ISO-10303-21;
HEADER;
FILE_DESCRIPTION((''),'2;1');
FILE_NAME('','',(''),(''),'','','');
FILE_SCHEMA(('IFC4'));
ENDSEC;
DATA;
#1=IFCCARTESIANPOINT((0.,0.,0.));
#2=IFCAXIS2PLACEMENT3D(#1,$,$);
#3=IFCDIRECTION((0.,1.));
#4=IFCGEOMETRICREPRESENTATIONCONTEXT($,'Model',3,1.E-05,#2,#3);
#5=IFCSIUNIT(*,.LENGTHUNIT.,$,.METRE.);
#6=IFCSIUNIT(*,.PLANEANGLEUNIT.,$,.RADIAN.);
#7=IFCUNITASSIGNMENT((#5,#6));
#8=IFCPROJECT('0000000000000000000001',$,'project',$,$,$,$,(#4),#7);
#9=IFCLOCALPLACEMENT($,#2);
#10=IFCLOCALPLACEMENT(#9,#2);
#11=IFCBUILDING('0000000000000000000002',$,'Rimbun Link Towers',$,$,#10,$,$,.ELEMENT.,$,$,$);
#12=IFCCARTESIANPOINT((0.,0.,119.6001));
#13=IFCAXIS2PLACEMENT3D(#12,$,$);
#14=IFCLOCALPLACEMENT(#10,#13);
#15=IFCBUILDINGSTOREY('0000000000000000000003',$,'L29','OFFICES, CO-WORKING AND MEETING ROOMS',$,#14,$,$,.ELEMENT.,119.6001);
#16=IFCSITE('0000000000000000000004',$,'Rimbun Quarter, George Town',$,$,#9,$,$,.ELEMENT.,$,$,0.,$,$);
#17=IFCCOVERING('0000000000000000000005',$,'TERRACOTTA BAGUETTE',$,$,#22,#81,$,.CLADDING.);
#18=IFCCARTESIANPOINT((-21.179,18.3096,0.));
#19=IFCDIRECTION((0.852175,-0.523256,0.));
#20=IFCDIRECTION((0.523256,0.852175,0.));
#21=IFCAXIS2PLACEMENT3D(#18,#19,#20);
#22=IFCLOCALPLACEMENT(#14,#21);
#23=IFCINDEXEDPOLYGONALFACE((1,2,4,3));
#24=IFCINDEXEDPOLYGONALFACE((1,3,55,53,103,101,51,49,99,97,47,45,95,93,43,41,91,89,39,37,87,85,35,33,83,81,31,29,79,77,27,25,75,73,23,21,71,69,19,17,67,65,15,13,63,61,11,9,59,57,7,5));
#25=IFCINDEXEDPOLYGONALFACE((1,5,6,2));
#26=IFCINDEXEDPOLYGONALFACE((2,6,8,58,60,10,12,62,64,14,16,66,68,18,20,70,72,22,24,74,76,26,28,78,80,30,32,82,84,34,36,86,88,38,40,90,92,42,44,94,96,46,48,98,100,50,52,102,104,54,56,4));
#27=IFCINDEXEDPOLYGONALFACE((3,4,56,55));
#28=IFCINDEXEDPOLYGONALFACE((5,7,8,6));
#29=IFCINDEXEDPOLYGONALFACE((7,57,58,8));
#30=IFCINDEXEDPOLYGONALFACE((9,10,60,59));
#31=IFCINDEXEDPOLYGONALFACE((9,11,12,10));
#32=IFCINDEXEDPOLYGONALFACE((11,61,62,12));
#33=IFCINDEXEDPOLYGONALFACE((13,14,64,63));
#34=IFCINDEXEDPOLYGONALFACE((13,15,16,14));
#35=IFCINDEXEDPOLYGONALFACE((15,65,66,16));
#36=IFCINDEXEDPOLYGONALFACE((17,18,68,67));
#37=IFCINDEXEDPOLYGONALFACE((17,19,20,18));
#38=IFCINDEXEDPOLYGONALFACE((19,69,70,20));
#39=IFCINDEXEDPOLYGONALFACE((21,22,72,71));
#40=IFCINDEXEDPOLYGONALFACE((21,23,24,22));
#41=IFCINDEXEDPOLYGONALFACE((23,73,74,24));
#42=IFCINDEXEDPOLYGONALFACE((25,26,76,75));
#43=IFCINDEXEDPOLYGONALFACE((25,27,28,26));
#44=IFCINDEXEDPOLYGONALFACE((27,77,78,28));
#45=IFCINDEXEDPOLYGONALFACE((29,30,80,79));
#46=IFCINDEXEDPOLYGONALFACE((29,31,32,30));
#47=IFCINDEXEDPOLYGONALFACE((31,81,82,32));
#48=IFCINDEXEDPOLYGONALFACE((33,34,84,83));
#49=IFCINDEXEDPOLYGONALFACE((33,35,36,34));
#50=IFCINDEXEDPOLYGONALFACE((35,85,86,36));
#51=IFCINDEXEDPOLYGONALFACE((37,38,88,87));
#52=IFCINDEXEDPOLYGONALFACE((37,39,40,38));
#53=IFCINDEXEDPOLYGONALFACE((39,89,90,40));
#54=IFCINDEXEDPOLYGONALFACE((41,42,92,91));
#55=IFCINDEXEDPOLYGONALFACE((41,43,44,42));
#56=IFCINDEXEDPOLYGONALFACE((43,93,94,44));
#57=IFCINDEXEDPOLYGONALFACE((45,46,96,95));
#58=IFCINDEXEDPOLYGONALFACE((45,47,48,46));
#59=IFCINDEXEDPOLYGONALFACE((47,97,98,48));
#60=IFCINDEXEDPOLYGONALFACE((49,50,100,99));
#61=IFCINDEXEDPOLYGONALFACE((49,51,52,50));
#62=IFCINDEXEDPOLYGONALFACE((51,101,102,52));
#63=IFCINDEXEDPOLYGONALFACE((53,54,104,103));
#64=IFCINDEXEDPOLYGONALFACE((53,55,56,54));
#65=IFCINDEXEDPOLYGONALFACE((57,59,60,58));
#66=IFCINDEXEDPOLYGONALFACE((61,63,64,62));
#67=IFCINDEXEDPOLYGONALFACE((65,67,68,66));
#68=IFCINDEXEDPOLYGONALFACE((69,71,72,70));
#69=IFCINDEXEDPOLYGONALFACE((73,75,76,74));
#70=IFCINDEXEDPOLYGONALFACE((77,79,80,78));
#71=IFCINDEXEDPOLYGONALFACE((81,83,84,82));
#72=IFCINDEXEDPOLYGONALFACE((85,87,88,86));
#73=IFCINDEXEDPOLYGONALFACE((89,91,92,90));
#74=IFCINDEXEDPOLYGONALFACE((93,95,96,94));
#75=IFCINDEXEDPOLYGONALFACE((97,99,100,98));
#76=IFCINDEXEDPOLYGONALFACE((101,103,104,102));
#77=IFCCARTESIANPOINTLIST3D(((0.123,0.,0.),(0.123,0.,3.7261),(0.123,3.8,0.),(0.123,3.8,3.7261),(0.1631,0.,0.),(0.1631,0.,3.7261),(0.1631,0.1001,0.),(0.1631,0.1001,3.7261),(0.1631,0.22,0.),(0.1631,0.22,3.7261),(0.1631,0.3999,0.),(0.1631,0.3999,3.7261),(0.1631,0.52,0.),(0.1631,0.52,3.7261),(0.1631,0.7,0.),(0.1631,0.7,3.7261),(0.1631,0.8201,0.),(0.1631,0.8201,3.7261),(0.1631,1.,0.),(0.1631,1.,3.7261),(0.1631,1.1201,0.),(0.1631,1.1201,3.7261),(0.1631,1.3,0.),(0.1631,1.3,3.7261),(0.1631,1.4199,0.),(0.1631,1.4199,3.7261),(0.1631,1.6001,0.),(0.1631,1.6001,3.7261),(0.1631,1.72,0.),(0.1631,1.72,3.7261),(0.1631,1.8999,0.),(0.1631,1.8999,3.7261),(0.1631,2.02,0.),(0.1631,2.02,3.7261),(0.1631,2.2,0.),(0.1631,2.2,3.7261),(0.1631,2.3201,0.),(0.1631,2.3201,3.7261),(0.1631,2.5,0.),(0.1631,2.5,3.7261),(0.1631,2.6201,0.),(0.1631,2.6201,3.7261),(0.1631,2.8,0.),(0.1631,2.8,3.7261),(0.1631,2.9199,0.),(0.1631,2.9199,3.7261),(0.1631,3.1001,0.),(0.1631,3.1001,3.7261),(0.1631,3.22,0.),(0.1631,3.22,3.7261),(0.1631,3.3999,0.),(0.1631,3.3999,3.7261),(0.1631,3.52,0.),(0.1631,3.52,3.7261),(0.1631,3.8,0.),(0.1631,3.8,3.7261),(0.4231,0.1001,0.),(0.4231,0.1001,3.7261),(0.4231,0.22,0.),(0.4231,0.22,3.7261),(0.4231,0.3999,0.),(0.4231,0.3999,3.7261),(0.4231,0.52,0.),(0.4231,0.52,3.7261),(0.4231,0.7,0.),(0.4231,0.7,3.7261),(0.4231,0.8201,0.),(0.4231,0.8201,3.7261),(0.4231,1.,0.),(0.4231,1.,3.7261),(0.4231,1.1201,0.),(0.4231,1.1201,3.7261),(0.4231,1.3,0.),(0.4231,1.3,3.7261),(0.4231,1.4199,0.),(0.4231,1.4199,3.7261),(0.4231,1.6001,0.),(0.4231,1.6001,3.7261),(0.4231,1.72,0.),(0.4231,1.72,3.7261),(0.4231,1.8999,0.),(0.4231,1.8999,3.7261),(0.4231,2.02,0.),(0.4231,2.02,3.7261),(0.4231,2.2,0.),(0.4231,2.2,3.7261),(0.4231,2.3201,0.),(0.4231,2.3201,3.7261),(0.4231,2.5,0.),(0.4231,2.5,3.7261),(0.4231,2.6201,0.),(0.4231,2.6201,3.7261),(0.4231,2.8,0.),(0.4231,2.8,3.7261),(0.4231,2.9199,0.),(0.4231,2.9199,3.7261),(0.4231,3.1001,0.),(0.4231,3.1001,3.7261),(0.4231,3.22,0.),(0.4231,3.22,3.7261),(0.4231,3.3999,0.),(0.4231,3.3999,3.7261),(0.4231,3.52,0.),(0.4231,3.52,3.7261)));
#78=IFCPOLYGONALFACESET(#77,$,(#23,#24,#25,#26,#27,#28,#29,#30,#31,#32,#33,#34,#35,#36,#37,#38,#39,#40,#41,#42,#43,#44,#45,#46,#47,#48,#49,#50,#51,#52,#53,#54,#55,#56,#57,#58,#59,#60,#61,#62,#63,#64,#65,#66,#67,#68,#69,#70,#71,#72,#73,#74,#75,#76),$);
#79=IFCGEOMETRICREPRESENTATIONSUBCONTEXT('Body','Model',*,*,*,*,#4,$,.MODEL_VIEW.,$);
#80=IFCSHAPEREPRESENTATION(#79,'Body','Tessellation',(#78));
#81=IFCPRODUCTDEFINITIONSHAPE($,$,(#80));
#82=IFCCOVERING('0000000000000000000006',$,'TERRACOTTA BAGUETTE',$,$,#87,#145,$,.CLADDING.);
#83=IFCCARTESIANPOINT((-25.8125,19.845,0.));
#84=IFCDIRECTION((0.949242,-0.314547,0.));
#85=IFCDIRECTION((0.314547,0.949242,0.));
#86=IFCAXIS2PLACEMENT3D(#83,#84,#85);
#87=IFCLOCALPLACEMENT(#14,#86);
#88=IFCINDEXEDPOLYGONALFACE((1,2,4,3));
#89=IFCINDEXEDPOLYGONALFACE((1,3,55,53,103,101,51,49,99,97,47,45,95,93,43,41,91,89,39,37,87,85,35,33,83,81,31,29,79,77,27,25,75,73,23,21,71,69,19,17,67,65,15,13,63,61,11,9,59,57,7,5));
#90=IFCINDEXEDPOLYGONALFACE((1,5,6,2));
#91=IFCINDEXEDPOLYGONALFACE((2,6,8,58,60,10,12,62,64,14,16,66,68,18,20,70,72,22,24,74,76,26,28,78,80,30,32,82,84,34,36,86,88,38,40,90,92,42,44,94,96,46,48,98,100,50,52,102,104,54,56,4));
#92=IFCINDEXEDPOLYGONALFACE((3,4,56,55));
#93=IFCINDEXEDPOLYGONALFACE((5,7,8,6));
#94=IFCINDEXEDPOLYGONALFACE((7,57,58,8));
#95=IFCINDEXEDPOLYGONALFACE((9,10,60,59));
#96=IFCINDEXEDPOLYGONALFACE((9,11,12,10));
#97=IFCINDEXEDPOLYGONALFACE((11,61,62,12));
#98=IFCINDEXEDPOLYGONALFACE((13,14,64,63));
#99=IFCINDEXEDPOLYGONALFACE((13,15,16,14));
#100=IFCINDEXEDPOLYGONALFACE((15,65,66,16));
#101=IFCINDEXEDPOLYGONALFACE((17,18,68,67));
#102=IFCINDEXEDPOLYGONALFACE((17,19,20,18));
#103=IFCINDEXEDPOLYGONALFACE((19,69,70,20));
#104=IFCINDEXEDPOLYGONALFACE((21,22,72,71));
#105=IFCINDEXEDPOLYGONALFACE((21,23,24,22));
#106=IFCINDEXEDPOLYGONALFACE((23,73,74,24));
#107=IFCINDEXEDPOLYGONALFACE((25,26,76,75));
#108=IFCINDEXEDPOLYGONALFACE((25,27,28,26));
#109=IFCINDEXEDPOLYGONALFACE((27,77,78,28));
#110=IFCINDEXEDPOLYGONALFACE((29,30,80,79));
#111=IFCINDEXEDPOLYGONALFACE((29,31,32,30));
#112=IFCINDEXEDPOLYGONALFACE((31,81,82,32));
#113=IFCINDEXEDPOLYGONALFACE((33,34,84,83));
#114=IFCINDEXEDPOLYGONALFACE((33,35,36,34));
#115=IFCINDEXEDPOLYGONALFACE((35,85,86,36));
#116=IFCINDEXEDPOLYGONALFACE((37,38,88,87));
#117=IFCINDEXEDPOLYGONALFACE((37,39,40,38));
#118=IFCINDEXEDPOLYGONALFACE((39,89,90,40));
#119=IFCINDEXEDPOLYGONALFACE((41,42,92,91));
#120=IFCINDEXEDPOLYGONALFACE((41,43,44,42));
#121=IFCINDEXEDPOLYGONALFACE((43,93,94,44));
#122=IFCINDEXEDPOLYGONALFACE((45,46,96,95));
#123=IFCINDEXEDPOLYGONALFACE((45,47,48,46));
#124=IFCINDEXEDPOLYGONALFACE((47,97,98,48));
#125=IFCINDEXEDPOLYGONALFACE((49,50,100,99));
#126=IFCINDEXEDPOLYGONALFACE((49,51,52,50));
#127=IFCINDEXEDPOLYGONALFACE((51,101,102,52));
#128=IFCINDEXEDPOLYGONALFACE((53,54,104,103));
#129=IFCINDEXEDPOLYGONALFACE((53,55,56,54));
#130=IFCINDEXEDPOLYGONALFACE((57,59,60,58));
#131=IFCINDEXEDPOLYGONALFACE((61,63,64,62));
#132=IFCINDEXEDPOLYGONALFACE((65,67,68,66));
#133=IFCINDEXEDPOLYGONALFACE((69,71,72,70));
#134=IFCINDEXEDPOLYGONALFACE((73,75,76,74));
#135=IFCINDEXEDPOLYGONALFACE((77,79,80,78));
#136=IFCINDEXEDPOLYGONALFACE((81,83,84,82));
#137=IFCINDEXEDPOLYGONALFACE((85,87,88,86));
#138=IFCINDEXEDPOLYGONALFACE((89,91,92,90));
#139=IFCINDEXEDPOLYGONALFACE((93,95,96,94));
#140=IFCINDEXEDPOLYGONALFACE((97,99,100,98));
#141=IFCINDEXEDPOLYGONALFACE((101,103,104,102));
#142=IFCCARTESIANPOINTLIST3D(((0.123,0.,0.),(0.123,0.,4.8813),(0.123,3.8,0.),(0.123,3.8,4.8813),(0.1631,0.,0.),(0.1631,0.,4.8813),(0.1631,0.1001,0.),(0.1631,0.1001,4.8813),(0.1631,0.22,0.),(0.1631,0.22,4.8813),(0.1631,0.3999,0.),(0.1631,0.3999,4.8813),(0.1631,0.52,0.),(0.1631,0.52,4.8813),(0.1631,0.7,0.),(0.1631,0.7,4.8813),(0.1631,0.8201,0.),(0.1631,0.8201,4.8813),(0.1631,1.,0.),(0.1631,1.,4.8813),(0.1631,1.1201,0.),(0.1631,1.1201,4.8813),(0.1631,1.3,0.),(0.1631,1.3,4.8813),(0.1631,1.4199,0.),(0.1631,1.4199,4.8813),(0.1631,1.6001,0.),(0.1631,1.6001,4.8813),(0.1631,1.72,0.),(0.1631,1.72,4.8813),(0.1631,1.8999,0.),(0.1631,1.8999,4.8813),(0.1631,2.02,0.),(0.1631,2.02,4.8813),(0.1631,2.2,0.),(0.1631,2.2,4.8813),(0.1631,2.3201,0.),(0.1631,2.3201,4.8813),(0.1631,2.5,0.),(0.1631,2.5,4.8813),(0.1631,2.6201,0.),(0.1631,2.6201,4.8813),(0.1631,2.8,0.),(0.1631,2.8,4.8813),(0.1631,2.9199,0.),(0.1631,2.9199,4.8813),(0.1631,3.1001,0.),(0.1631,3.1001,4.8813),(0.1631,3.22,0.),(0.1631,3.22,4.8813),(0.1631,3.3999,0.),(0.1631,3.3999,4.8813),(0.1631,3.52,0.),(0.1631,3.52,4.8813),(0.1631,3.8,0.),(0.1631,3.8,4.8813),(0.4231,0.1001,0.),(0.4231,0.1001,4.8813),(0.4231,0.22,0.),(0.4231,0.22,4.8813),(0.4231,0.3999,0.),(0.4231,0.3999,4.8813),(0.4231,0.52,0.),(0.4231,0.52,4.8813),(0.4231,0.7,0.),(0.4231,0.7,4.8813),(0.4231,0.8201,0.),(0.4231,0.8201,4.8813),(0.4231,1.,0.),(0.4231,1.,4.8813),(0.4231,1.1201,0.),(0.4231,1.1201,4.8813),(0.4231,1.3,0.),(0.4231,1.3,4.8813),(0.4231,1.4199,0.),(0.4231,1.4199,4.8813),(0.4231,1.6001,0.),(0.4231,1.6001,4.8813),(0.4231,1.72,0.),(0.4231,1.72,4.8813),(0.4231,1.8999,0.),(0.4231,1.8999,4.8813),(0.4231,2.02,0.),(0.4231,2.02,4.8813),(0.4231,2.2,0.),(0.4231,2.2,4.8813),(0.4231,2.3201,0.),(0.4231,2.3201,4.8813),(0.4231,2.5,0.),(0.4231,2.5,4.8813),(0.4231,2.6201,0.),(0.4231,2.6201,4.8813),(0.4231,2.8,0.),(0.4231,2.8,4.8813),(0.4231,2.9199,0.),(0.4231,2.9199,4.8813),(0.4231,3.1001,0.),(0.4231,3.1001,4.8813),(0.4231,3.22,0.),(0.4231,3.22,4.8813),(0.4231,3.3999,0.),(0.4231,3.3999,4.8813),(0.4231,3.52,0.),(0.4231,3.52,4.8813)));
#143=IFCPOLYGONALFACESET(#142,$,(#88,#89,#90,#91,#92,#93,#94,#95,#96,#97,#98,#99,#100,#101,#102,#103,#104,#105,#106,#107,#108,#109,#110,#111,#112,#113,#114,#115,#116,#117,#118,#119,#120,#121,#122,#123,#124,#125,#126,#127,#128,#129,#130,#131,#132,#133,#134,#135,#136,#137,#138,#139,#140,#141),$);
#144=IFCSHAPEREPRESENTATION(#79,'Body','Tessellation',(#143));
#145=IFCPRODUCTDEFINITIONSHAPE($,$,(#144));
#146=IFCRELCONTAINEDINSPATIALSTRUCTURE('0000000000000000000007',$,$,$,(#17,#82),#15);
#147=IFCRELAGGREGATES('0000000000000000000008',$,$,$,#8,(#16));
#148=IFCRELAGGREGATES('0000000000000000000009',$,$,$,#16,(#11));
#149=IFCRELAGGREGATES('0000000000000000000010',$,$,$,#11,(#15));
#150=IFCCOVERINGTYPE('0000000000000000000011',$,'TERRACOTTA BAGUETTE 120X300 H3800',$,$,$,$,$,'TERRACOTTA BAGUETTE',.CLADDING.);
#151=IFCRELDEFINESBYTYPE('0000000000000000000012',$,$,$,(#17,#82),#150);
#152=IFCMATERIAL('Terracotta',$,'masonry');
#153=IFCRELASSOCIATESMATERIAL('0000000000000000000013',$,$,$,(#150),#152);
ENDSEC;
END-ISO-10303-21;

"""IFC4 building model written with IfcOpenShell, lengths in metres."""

from ifc_helpers import new_model, si_unit, direction, frame, origin, place, context, subcontext, project, spatial, polyline, outline, extrude, material, material_profile, profile_set, type_object, element, save


model = new_model("IFC4")

# Units and contexts
model_context = context("Model", 3, precision=1e-05, world=origin(), true_north=direction((0.0, 1.0)))
body_context = subcontext(model_context, "Body", "Model", "MODEL_VIEW")
ifc_project = project(units=[si_unit("LENGTHUNIT", "METRE"), si_unit("PLANEANGLEUNIT", "RADIAN")], contexts=[model_context])

# Site, building, storey
site_placement = place(None, origin())
site = spatial("IfcSite", under=ifc_project, at=site_placement, Name="Rimbun Quarter, George Town", CompositionType="ELEMENT", RefElevation=0.0)
building_placement = place(site_placement, origin())
building = spatial("IfcBuilding", under=site, at=building_placement, Name="Rimbun Link Towers", CompositionType="ELEMENT")
storey_placement = place(building_placement, frame((0.0, 0.0, 119.6001)))
storey = spatial("IfcBuildingStorey", under=building, at=storey_placement, Name="L29", Description="OFFICES, CO-WORKING AND MEETING ROOMS", CompositionType="ELEMENT", Elevation=119.6001)

# Coverings
ifc_material_1 = material(Name="Terracotta", Category="masonry")
ifc_material_profile_1 = material_profile(ifc_material_1, outline(polyline([(0.123, 0.0), (0.1631, 0.0), (0.1631, 0.1001), (0.4231, 0.1001), (0.4231, 0.22), (0.1631, 0.22), (0.1631, 0.3999), (0.4231, 0.3999), (0.4231, 0.52), (0.1631, 0.52), (0.1631, 0.7), (0.4231, 0.7), (0.4231, 0.8201), (0.1631, 0.8201), (0.1631, 1.0), (0.4231, 1.0), (0.4231, 1.1201), (0.1631, 1.1201), (0.1631, 1.3), (0.4231, 1.3), (0.4231, 1.4199), (0.1631, 1.4199), (0.1631, 1.6001), (0.4231, 1.6001), (0.4231, 1.72), (0.1631, 1.72), (0.1631, 1.8999), (0.4231, 1.8999), (0.4231, 2.02), (0.1631, 2.02), (0.1631, 2.2), (0.4231, 2.2), (0.4231, 2.3201), (0.1631, 2.3201), (0.1631, 2.5), (0.4231, 2.5), (0.4231, 2.6201), (0.1631, 2.6201), (0.1631, 2.8), (0.4231, 2.8), (0.4231, 2.9199), (0.1631, 2.9199), (0.1631, 3.1001), (0.4231, 3.1001), (0.4231, 3.22), (0.1631, 3.22), (0.1631, 3.3999), (0.4231, 3.3999), (0.4231, 3.52), (0.1631, 3.52), (0.1631, 3.8), (0.123, 3.8), (0.123, 0.0)])), Name="BAGUETTE 120X300")
ifc_profile_set_1 = profile_set([ifc_material_profile_1], Name="Terracotta")
covering_type = type_object("IfcCoveringType", Name="TERRACOTTA BAGUETTE 120X300 H3800", ElementType="TERRACOTTA BAGUETTE", PredefinedType="CLADDING", material=ifc_profile_set_1)
covering_1_placement = place(storey_placement, frame((-21.179, 18.3096, 0.0), z_axis=(0.852175, -0.523256, 0.0), x_axis=(0.523256, 0.852175, 0.0)))
element("IfcCovering", 1, at=covering_1_placement, inside=storey, type_object=covering_type, Name="TERRACOTTA BAGUETTE", PredefinedType="CLADDING", context=body_context, shape_type="SweptSolid", body=[
    extrude(outline(polyline([(0.123, 0.0), (0.1631, 0.0), (0.1631, 0.1001), (0.4231, 0.1001), (0.4231, 0.22), (0.1631, 0.22), (0.1631, 0.3999), (0.4231, 0.3999), (0.4231, 0.52), (0.1631, 0.52), (0.1631, 0.7), (0.4231, 0.7), (0.4231, 0.8201), (0.1631, 0.8201), (0.1631, 1.0), (0.4231, 1.0), (0.4231, 1.1201), (0.1631, 1.1201), (0.1631, 1.3), (0.4231, 1.3), (0.4231, 1.4199), (0.1631, 1.4199), (0.1631, 1.6001), (0.4231, 1.6001), (0.4231, 1.72), (0.1631, 1.72), (0.1631, 1.8999), (0.4231, 1.8999), (0.4231, 2.02), (0.1631, 2.02), (0.1631, 2.2), (0.4231, 2.2), (0.4231, 2.3201), (0.1631, 2.3201), (0.1631, 2.5), (0.4231, 2.5), (0.4231, 2.6201), (0.1631, 2.6201), (0.1631, 2.8), (0.4231, 2.8), (0.4231, 2.9199), (0.1631, 2.9199), (0.1631, 3.1001), (0.4231, 3.1001), (0.4231, 3.22), (0.1631, 3.22), (0.1631, 3.3999), (0.4231, 3.3999), (0.4231, 3.52), (0.1631, 3.52), (0.1631, 3.8), (0.123, 3.8), (0.123, 0.0)])), origin(), (0.0, 0.0, 1.0), 3.7261),
])
covering_2_placement = place(storey_placement, frame((-25.8125, 19.845, 0.0), z_axis=(0.949242, -0.314547, 0.0), x_axis=(0.314547, 0.949242, 0.0)))
element("IfcCovering", 2, at=covering_2_placement, inside=storey, type_object=covering_type, Name="TERRACOTTA BAGUETTE", PredefinedType="CLADDING", context=body_context, shape_type="SweptSolid", body=[
    extrude(outline(polyline([(0.123, 0.0), (0.1631, 0.0), (0.1631, 0.1001), (0.4231, 0.1001), (0.4231, 0.22), (0.1631, 0.22), (0.1631, 0.3999), (0.4231, 0.3999), (0.4231, 0.52), (0.1631, 0.52), (0.1631, 0.7), (0.4231, 0.7), (0.4231, 0.8201), (0.1631, 0.8201), (0.1631, 1.0), (0.4231, 1.0), (0.4231, 1.1201), (0.1631, 1.1201), (0.1631, 1.3), (0.4231, 1.3), (0.4231, 1.4199), (0.1631, 1.4199), (0.1631, 1.6001), (0.4231, 1.6001), (0.4231, 1.72), (0.1631, 1.72), (0.1631, 1.8999), (0.4231, 1.8999), (0.4231, 2.02), (0.1631, 2.02), (0.1631, 2.2), (0.4231, 2.2), (0.4231, 2.3201), (0.1631, 2.3201), (0.1631, 2.5), (0.4231, 2.5), (0.4231, 2.6201), (0.1631, 2.6201), (0.1631, 2.8), (0.4231, 2.8), (0.4231, 2.9199), (0.1631, 2.9199), (0.1631, 3.1001), (0.4231, 3.1001), (0.4231, 3.22), (0.1631, 3.22), (0.1631, 3.3999), (0.4231, 3.3999), (0.4231, 3.52), (0.1631, 3.52), (0.1631, 3.8), (0.123, 3.8), (0.123, 0.0)])), origin(), (0.0, 0.0, 1.0), 4.8813),
])

save(model, "model.ifc")
